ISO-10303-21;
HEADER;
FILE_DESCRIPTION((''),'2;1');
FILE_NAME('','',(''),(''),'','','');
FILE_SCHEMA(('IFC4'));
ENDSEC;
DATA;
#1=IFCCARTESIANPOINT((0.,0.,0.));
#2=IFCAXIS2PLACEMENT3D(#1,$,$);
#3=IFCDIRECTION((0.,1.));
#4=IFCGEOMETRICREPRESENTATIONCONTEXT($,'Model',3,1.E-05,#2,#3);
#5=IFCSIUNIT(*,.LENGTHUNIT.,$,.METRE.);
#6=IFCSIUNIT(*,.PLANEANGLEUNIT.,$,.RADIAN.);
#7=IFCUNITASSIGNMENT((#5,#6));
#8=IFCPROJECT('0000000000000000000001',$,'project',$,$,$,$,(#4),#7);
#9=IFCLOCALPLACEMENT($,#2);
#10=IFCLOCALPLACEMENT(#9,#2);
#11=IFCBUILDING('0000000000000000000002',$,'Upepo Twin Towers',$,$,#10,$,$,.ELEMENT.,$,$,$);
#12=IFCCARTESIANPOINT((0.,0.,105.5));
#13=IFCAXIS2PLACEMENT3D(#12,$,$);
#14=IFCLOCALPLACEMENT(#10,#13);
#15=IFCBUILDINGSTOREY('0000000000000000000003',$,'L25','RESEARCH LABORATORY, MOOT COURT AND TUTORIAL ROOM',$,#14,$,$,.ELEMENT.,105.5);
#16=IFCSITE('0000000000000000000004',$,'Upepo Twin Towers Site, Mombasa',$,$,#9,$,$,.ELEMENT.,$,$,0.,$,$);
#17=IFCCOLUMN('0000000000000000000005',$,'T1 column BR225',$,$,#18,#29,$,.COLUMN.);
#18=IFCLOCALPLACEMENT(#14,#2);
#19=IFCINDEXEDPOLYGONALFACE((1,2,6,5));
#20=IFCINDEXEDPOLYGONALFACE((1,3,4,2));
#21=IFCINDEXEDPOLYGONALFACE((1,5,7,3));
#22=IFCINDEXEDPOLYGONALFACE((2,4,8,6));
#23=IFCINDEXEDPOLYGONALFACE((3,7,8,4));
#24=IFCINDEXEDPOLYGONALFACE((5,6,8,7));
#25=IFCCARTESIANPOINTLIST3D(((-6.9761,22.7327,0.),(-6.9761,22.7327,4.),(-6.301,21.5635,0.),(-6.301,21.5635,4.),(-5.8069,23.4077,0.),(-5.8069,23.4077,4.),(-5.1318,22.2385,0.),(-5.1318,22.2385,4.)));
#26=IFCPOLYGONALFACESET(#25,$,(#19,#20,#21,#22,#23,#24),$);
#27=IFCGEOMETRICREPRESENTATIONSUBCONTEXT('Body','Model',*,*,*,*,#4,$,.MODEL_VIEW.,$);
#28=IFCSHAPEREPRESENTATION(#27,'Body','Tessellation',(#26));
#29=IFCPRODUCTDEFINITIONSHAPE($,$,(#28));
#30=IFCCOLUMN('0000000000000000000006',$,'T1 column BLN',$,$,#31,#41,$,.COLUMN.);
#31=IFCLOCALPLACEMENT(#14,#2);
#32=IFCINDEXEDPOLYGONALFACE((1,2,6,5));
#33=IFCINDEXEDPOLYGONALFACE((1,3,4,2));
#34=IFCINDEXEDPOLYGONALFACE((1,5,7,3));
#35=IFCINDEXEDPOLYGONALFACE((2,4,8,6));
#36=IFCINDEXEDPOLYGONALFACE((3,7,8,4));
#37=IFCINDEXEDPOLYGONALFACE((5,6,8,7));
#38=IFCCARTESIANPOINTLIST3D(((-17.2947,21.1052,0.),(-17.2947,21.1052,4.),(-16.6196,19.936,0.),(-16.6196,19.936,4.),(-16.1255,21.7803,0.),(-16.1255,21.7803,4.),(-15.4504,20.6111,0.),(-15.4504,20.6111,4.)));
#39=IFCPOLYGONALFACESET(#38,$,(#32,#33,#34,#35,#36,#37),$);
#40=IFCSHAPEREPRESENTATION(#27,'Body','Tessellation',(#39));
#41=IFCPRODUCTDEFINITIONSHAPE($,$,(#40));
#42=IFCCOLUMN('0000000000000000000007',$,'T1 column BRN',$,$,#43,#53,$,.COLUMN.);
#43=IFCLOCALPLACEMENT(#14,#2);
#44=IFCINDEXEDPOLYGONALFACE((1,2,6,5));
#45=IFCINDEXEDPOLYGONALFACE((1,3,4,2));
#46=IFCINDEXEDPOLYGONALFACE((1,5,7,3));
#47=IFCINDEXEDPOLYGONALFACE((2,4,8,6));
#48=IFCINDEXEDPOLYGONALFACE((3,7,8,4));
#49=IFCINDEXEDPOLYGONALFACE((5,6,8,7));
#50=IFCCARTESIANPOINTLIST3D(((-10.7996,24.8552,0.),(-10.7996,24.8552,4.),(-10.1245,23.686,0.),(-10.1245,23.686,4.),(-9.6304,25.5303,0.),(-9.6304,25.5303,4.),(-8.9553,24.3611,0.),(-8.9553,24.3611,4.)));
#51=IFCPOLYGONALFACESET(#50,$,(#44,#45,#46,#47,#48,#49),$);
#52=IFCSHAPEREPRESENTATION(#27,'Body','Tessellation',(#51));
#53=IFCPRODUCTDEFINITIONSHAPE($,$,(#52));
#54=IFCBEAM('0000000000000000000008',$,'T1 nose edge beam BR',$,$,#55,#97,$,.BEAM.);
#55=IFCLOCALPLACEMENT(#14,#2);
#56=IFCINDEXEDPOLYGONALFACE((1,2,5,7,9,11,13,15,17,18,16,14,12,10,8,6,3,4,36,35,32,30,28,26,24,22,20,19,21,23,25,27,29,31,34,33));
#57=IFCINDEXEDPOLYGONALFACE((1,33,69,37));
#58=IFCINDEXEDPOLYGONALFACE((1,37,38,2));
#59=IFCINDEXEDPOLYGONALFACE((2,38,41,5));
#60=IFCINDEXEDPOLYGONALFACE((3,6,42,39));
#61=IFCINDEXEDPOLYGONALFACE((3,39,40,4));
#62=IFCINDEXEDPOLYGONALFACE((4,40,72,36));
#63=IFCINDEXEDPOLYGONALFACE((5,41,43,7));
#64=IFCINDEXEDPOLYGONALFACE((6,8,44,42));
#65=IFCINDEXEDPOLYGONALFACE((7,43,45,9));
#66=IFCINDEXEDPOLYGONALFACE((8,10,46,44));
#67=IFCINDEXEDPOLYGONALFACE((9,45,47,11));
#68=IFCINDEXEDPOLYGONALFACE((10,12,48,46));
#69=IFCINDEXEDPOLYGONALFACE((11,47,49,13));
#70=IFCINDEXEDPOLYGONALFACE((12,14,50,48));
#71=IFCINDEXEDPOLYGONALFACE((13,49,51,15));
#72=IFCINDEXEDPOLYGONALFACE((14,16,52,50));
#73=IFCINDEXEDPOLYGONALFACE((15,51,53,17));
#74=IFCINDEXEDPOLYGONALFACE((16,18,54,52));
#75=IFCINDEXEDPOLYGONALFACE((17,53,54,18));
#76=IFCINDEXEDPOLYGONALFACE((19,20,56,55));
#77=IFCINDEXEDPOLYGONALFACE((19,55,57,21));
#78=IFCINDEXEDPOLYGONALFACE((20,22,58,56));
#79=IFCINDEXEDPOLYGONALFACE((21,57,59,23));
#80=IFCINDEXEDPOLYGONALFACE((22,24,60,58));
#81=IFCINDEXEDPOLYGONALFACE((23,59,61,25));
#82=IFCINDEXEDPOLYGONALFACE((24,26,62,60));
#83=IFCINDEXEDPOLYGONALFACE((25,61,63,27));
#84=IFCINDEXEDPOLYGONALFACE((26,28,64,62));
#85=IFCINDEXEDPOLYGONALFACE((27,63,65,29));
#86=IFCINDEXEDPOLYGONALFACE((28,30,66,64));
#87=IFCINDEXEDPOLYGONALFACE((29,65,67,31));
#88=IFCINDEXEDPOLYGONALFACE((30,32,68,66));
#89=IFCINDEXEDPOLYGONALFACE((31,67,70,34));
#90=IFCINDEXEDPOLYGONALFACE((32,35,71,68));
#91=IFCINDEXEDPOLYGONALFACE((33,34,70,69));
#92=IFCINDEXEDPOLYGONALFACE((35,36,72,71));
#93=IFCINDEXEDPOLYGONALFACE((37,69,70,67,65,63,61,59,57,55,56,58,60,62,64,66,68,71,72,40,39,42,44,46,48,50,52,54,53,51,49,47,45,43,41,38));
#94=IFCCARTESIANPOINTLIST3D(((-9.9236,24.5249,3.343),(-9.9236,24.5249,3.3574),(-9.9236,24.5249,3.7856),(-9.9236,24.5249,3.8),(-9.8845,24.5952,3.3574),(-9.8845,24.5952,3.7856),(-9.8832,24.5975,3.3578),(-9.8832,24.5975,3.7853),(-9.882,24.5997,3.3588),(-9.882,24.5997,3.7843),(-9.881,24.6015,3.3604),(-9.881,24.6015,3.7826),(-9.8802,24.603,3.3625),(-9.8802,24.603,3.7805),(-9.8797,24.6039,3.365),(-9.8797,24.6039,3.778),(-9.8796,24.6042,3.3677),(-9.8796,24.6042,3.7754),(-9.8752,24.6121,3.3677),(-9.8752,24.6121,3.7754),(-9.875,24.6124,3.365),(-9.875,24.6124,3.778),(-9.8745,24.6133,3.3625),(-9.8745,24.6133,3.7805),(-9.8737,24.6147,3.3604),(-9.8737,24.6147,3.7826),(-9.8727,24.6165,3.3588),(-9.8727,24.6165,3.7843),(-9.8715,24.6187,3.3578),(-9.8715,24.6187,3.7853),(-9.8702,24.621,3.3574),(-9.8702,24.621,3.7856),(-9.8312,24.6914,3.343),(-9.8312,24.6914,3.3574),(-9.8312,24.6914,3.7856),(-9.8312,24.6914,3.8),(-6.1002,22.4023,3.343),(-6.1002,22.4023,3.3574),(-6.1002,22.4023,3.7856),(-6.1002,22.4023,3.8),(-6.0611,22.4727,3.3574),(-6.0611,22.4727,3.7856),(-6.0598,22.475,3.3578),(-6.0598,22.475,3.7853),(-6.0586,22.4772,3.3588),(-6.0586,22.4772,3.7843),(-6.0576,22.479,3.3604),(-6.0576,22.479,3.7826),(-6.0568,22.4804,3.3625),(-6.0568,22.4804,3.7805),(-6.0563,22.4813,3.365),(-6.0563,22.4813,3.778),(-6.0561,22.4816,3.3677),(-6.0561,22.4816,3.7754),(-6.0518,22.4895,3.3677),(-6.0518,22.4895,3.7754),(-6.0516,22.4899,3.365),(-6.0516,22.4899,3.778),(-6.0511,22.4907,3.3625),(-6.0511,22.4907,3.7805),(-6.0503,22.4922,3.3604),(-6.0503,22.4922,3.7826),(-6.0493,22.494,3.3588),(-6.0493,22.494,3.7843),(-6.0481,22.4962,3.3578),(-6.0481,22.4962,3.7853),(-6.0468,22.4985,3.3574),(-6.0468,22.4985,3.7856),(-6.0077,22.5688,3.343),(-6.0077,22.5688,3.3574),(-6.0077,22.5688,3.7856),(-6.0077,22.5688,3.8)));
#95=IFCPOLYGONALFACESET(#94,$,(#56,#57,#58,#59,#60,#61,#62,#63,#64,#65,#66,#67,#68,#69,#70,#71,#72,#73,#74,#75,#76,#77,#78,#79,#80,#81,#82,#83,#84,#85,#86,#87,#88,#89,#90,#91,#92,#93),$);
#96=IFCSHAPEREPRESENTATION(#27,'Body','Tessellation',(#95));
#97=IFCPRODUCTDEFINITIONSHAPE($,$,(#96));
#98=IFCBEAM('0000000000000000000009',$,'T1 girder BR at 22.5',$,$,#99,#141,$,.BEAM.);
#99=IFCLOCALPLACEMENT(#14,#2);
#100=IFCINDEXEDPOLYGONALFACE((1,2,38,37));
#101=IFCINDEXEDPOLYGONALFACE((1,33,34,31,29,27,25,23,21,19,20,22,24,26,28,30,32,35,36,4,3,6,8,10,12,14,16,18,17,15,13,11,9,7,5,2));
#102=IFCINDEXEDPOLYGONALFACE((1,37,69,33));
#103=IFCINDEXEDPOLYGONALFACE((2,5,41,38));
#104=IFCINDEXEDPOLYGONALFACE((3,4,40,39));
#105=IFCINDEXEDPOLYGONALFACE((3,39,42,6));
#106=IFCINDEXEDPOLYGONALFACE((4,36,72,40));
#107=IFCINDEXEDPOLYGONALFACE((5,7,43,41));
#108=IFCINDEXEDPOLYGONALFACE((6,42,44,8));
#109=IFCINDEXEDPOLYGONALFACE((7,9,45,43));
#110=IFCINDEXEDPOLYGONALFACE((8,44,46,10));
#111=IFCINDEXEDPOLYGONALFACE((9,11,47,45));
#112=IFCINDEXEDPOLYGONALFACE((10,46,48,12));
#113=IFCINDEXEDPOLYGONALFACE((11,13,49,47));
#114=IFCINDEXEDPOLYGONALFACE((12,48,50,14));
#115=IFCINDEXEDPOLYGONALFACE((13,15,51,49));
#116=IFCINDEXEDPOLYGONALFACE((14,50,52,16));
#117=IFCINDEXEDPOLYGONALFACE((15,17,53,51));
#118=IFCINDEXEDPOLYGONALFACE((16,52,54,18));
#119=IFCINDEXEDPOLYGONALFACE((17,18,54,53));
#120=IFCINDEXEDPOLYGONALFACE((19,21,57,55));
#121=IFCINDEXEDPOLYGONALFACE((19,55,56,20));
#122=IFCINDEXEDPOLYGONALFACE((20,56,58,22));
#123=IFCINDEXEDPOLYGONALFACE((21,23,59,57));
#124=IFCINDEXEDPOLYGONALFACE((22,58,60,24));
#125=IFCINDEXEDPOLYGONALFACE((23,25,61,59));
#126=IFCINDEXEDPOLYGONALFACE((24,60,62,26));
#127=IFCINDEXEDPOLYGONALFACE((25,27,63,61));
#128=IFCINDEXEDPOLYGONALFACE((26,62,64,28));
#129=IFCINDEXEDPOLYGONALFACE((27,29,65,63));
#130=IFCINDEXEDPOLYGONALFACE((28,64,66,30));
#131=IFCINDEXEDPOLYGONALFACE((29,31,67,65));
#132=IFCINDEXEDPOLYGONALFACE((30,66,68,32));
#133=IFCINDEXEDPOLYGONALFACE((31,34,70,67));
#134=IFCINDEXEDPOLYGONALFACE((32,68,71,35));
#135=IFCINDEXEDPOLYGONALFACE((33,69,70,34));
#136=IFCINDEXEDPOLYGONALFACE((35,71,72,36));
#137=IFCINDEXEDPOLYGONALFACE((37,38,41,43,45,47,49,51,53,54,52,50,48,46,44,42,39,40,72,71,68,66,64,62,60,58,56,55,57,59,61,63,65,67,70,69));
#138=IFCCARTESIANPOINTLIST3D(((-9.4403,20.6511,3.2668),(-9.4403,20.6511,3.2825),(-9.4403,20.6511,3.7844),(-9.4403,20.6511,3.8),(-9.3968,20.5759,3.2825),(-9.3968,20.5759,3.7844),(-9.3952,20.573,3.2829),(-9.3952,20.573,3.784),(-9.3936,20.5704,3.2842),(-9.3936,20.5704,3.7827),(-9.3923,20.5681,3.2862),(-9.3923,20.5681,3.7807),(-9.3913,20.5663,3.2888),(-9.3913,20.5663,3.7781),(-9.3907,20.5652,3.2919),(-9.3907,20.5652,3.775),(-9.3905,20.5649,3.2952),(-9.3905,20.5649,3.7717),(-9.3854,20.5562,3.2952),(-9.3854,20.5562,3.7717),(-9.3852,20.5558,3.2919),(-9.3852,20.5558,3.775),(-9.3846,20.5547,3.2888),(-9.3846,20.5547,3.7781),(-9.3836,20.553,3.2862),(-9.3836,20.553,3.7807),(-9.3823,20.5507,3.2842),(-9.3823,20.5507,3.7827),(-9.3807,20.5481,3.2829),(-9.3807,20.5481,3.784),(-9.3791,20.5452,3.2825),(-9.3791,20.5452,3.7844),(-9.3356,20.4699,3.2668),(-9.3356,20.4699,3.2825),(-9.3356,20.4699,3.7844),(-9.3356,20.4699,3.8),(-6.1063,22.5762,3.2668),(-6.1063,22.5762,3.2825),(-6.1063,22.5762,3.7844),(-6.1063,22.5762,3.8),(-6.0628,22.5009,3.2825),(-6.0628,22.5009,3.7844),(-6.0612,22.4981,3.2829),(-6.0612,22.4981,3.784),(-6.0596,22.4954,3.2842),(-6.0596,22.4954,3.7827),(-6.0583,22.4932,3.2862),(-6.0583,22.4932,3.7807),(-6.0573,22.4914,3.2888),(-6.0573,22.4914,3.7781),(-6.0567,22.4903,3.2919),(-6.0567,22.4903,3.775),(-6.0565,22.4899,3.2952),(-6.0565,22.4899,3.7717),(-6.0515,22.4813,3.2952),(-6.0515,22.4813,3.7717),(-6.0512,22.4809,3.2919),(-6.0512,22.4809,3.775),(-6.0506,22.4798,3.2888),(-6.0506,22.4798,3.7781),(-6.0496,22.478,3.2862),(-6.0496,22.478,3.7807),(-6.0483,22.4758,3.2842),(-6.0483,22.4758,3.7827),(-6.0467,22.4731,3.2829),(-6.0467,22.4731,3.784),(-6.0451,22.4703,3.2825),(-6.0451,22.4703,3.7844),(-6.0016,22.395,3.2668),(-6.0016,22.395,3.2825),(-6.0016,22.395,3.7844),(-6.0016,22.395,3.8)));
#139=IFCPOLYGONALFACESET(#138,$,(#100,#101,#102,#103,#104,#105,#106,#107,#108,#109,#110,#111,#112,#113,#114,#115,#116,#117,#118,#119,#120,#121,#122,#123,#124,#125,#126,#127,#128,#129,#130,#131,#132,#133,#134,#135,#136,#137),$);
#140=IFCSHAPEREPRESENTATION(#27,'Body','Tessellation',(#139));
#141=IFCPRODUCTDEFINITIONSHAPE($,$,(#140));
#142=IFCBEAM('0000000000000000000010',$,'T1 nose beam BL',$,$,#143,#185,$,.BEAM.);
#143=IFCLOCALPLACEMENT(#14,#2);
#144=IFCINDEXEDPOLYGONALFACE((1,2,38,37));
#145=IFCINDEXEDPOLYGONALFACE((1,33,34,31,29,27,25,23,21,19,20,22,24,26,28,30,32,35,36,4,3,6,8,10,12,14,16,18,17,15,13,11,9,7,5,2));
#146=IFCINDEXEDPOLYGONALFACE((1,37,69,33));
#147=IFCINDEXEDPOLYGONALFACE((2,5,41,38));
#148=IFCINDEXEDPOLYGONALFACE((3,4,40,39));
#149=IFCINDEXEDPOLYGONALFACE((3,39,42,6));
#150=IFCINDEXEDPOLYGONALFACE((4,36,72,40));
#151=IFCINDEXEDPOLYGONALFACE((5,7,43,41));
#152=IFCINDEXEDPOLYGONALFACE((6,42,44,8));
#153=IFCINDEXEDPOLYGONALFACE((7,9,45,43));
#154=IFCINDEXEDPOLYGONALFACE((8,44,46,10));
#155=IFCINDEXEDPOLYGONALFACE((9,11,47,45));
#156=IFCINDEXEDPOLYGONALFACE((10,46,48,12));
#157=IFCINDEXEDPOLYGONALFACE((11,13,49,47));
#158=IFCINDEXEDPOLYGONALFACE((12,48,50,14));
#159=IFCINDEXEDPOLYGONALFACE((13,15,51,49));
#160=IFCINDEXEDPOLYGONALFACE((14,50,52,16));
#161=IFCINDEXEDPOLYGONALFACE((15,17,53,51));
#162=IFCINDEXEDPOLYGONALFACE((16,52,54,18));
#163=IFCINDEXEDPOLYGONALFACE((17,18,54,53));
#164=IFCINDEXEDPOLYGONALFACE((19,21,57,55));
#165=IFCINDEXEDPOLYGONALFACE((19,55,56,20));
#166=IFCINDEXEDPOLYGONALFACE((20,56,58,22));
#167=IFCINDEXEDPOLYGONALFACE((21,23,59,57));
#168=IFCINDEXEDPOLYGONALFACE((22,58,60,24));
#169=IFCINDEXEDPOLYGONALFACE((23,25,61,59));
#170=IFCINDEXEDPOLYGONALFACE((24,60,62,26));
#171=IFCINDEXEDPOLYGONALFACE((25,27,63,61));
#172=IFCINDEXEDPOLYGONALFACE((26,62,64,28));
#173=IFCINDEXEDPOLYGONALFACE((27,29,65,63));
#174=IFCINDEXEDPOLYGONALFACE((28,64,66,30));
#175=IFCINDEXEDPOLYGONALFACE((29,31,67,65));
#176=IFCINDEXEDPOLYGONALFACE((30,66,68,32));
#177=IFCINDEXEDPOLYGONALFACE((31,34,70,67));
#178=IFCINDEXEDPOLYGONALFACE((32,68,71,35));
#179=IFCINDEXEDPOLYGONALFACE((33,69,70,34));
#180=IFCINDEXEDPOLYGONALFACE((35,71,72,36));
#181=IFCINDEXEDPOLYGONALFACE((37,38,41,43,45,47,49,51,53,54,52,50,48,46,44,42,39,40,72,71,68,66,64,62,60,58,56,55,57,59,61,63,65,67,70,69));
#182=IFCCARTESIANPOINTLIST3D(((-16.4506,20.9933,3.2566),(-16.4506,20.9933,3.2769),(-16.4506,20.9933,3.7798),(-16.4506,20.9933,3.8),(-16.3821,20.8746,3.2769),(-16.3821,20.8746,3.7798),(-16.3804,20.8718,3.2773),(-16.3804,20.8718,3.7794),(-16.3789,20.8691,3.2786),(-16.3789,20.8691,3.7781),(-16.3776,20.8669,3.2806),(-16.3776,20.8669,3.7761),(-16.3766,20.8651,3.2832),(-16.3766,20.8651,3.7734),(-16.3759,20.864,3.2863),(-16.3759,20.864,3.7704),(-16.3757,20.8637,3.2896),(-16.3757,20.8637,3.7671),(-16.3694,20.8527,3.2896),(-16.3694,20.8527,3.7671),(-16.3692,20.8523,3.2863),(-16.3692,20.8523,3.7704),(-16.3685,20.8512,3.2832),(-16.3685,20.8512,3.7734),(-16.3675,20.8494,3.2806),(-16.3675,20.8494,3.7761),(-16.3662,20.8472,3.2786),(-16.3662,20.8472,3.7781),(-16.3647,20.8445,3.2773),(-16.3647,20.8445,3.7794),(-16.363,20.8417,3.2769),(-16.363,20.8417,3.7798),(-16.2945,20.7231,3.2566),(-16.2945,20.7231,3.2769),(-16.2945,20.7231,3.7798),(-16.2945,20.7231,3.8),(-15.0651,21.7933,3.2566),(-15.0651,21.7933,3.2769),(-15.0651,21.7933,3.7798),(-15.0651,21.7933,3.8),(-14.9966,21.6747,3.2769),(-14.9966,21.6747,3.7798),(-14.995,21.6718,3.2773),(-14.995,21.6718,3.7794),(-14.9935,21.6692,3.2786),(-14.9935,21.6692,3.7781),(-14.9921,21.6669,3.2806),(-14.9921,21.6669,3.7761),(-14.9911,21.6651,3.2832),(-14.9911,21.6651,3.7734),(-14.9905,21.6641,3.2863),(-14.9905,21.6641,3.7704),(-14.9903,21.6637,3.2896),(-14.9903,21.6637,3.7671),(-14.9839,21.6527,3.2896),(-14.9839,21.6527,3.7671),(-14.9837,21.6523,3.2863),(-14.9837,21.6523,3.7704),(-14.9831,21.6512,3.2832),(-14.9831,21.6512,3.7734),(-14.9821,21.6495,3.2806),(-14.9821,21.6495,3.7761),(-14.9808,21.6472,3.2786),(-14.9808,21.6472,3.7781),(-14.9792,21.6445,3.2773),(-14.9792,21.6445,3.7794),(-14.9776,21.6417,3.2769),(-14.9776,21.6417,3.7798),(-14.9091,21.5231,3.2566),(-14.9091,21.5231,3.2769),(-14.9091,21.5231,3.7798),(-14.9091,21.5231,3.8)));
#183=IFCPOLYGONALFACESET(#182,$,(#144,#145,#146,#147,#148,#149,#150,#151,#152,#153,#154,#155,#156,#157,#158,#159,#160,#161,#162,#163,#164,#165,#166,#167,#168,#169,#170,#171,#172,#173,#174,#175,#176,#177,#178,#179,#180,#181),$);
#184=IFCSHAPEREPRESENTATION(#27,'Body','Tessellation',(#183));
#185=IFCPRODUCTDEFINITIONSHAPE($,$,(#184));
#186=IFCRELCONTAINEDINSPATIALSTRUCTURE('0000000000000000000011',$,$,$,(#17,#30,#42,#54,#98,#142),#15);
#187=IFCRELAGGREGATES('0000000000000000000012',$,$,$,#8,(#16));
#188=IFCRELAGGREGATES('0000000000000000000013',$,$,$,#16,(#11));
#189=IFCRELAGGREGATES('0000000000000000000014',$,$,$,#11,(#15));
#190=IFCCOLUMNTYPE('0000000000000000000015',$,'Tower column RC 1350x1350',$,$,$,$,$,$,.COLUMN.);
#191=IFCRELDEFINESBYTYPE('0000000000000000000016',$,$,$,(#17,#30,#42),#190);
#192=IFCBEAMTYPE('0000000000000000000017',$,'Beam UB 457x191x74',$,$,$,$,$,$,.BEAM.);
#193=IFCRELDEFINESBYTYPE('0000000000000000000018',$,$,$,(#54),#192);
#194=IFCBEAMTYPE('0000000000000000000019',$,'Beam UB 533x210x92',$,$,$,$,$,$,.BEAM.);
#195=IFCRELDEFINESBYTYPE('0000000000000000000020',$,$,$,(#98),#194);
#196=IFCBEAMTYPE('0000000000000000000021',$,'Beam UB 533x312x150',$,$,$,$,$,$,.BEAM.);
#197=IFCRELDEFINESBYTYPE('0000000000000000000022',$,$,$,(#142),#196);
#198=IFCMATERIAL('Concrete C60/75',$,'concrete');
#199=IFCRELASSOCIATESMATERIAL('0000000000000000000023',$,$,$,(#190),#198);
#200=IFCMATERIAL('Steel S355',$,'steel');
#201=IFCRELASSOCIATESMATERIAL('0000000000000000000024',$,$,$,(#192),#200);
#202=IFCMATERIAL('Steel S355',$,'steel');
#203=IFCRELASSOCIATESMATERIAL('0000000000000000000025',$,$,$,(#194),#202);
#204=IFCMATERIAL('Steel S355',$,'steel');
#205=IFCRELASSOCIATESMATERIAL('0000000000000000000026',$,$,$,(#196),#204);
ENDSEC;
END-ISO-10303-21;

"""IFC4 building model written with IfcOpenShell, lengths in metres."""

from ifc_helpers import new_model, si_unit, direction, frame, origin, origin_2d, place, context, subcontext, project, spatial, rectangle, i_section, extrude, material, material_profile, profile_set, type_object, element, save


model = new_model("IFC4")

# Units and contexts
model_context = context("Model", 3, precision=1e-05, world=origin(), true_north=direction((0.0, 1.0)))
body_context = subcontext(model_context, "Body", "Model", "MODEL_VIEW")
ifc_project = project(units=[si_unit("LENGTHUNIT", "METRE"), si_unit("PLANEANGLEUNIT", "RADIAN")], contexts=[model_context])

# Site, building, storey
site_placement = place(None, origin())
site = spatial("IfcSite", under=ifc_project, at=site_placement, Name="Upepo Twin Towers Site, Mombasa", CompositionType="ELEMENT", RefElevation=0.0)
building_placement = place(site_placement, origin())
building = spatial("IfcBuilding", under=site, at=building_placement, Name="Upepo Twin Towers", CompositionType="ELEMENT")
storey_placement = place(building_placement, frame((0.0, 0.0, 105.5)))
storey = spatial("IfcBuildingStorey", under=building, at=storey_placement, Name="L25", Description="RESEARCH LABORATORY, MOOT COURT AND TUTORIAL ROOM", CompositionType="ELEMENT", Elevation=105.5)

# Columns
ifc_material_1 = material(Name="Concrete C60/75", Category="concrete")
ifc_material_profile_1 = material_profile(ifc_material_1, rectangle(XDim=1.3501, YDim=1.3501, at=origin_2d()), Name="RC 1350x1350")
ifc_profile_set_1 = profile_set([ifc_material_profile_1], Name="Concrete C60/75")
column_type = type_object("IfcColumnType", Name="Tower column RC 1350x1350", PredefinedType="COLUMN", material=ifc_profile_set_1)
for number, where, z_axis, x_axis, name in (
    (1, (-6.054, 22.4856, 0.0), (0.0, 0.0, 1.0), (0.866025, 0.5, 0.0), "T1 column BR225"),
    (2, (-16.3726, 20.8582, 0.0), (0.0, 0.0, 1.0), (0.866025, 0.5, 0.0), "T1 column BLN"),
    (3, (-9.8774, 24.6082, 0.0), (0.0, 0.0, 1.0), (0.866025, 0.5, 0.0), "T1 column BRN"),
):
    element("IfcColumn", number, at=place(storey_placement, frame(where, z_axis=z_axis, x_axis=x_axis)), inside=storey, type_object=column_type, Name=name, PredefinedType="COLUMN", context=body_context, shape_type="SweptSolid", body=[
        extrude(rectangle(XDim=1.3501, YDim=1.3501, at=origin_2d()), origin(), (0.0, 0.0, 1.0), 4.0),
    ])

# Beams
ifc_material_2 = material(Name="Steel S355", Category="steel")
ifc_material_profile_2 = material_profile(ifc_material_2, i_section(OverallWidth=0.1904, OverallDepth=0.457, WebThickness=0.009, FlangeThickness=0.0144, FilletRadius=0.0103, at=origin_2d()), Name="UB 457x191x74")
ifc_profile_set_2 = profile_set([ifc_material_profile_2], Name="Steel S355")
beam_type_1 = type_object("IfcBeamType", Name="Beam UB 457x191x74", PredefinedType="BEAM", material=ifc_profile_set_2)
beam_1_placement = place(storey_placement, frame((-6.054, 22.4856, 3.5715), z_axis=(-0.874313, 0.485363, 0.0), x_axis=(-0.485363, -0.874313, 0.0)))
element("IfcBeam", 4, at=beam_1_placement, inside=storey, type_object=beam_type_1, Name="T1 nose edge beam BR", PredefinedType="BEAM", context=body_context, shape_type="SweptSolid", body=[
    extrude(i_section(OverallWidth=0.1904, OverallDepth=0.457, WebThickness=0.009, FlangeThickness=0.0144, FilletRadius=0.0103, at=origin_2d()), origin(), (0.0, 0.0, 1.0), 4.373),
])
ifc_material_3 = material(Name="Steel S355", Category="steel")
ifc_material_profile_3 = material_profile(ifc_material_3, i_section(OverallWidth=0.2092, OverallDepth=0.5332, WebThickness=0.01, FlangeThickness=0.0156, FilletRadius=0.0127, at=origin_2d()), Name="UB 533x210x92")
ifc_profile_set_3 = profile_set([ifc_material_profile_3], Name="Steel S355")
beam_type_2 = type_object("IfcBeamType", Name="Beam UB 533x210x92", PredefinedType="BEAM", material=ifc_profile_set_3)
beam_2_placement = place(storey_placement, frame((-6.054, 22.4856, 3.5334), z_axis=(-0.866006, -0.500034, 0.0), x_axis=(0.500034, -0.866006, 0.0)))
element("IfcBeam", 5, at=beam_2_placement, inside=storey, type_object=beam_type_2, Name="T1 girder BR at 22.5", PredefinedType="BEAM", context=body_context, shape_type="SweptSolid", body=[
    extrude(i_section(OverallWidth=0.2092, OverallDepth=0.5332, WebThickness=0.01, FlangeThickness=0.0156, FilletRadius=0.0127, at=origin_2d()), origin(), (0.0, 0.0, 1.0), 3.8499),
])
ifc_material_4 = material(Name="Steel S355", Category="steel")
ifc_material_profile_4 = material_profile(ifc_material_4, i_section(OverallWidth=0.312, OverallDepth=0.5435, WebThickness=0.0127, FlangeThickness=0.0203, FilletRadius=0.0127, at=origin_2d()), Name="UB 533x312x150")
ifc_profile_set_4 = profile_set([ifc_material_profile_4], Name="Steel S355")
beam_type_3 = type_object("IfcBeamType", Name="Beam UB 533x312x150", PredefinedType="BEAM", material=ifc_profile_set_4)
for number, where, z_axis, x_axis, name in (
    (6, (-16.3726, 20.8582, 3.5283), (0.86599, 0.500061, 0.0), (-0.500061, 0.86599, 0.0), "T1 nose beam BL"),
):
    element("IfcBeam", number, at=place(storey_placement, frame(where, z_axis=z_axis, x_axis=x_axis)), inside=storey, type_object=beam_type_3, Name=name, PredefinedType="BEAM", context=body_context, shape_type="SweptSolid", body=[
        extrude(i_section(OverallWidth=0.312, OverallDepth=0.5435, WebThickness=0.0127, FlangeThickness=0.0203, FilletRadius=0.0127, at=origin_2d()), origin(), (0.0, 0.0, 1.0), 1.5999),
    ])

save(model, "model.ifc")
